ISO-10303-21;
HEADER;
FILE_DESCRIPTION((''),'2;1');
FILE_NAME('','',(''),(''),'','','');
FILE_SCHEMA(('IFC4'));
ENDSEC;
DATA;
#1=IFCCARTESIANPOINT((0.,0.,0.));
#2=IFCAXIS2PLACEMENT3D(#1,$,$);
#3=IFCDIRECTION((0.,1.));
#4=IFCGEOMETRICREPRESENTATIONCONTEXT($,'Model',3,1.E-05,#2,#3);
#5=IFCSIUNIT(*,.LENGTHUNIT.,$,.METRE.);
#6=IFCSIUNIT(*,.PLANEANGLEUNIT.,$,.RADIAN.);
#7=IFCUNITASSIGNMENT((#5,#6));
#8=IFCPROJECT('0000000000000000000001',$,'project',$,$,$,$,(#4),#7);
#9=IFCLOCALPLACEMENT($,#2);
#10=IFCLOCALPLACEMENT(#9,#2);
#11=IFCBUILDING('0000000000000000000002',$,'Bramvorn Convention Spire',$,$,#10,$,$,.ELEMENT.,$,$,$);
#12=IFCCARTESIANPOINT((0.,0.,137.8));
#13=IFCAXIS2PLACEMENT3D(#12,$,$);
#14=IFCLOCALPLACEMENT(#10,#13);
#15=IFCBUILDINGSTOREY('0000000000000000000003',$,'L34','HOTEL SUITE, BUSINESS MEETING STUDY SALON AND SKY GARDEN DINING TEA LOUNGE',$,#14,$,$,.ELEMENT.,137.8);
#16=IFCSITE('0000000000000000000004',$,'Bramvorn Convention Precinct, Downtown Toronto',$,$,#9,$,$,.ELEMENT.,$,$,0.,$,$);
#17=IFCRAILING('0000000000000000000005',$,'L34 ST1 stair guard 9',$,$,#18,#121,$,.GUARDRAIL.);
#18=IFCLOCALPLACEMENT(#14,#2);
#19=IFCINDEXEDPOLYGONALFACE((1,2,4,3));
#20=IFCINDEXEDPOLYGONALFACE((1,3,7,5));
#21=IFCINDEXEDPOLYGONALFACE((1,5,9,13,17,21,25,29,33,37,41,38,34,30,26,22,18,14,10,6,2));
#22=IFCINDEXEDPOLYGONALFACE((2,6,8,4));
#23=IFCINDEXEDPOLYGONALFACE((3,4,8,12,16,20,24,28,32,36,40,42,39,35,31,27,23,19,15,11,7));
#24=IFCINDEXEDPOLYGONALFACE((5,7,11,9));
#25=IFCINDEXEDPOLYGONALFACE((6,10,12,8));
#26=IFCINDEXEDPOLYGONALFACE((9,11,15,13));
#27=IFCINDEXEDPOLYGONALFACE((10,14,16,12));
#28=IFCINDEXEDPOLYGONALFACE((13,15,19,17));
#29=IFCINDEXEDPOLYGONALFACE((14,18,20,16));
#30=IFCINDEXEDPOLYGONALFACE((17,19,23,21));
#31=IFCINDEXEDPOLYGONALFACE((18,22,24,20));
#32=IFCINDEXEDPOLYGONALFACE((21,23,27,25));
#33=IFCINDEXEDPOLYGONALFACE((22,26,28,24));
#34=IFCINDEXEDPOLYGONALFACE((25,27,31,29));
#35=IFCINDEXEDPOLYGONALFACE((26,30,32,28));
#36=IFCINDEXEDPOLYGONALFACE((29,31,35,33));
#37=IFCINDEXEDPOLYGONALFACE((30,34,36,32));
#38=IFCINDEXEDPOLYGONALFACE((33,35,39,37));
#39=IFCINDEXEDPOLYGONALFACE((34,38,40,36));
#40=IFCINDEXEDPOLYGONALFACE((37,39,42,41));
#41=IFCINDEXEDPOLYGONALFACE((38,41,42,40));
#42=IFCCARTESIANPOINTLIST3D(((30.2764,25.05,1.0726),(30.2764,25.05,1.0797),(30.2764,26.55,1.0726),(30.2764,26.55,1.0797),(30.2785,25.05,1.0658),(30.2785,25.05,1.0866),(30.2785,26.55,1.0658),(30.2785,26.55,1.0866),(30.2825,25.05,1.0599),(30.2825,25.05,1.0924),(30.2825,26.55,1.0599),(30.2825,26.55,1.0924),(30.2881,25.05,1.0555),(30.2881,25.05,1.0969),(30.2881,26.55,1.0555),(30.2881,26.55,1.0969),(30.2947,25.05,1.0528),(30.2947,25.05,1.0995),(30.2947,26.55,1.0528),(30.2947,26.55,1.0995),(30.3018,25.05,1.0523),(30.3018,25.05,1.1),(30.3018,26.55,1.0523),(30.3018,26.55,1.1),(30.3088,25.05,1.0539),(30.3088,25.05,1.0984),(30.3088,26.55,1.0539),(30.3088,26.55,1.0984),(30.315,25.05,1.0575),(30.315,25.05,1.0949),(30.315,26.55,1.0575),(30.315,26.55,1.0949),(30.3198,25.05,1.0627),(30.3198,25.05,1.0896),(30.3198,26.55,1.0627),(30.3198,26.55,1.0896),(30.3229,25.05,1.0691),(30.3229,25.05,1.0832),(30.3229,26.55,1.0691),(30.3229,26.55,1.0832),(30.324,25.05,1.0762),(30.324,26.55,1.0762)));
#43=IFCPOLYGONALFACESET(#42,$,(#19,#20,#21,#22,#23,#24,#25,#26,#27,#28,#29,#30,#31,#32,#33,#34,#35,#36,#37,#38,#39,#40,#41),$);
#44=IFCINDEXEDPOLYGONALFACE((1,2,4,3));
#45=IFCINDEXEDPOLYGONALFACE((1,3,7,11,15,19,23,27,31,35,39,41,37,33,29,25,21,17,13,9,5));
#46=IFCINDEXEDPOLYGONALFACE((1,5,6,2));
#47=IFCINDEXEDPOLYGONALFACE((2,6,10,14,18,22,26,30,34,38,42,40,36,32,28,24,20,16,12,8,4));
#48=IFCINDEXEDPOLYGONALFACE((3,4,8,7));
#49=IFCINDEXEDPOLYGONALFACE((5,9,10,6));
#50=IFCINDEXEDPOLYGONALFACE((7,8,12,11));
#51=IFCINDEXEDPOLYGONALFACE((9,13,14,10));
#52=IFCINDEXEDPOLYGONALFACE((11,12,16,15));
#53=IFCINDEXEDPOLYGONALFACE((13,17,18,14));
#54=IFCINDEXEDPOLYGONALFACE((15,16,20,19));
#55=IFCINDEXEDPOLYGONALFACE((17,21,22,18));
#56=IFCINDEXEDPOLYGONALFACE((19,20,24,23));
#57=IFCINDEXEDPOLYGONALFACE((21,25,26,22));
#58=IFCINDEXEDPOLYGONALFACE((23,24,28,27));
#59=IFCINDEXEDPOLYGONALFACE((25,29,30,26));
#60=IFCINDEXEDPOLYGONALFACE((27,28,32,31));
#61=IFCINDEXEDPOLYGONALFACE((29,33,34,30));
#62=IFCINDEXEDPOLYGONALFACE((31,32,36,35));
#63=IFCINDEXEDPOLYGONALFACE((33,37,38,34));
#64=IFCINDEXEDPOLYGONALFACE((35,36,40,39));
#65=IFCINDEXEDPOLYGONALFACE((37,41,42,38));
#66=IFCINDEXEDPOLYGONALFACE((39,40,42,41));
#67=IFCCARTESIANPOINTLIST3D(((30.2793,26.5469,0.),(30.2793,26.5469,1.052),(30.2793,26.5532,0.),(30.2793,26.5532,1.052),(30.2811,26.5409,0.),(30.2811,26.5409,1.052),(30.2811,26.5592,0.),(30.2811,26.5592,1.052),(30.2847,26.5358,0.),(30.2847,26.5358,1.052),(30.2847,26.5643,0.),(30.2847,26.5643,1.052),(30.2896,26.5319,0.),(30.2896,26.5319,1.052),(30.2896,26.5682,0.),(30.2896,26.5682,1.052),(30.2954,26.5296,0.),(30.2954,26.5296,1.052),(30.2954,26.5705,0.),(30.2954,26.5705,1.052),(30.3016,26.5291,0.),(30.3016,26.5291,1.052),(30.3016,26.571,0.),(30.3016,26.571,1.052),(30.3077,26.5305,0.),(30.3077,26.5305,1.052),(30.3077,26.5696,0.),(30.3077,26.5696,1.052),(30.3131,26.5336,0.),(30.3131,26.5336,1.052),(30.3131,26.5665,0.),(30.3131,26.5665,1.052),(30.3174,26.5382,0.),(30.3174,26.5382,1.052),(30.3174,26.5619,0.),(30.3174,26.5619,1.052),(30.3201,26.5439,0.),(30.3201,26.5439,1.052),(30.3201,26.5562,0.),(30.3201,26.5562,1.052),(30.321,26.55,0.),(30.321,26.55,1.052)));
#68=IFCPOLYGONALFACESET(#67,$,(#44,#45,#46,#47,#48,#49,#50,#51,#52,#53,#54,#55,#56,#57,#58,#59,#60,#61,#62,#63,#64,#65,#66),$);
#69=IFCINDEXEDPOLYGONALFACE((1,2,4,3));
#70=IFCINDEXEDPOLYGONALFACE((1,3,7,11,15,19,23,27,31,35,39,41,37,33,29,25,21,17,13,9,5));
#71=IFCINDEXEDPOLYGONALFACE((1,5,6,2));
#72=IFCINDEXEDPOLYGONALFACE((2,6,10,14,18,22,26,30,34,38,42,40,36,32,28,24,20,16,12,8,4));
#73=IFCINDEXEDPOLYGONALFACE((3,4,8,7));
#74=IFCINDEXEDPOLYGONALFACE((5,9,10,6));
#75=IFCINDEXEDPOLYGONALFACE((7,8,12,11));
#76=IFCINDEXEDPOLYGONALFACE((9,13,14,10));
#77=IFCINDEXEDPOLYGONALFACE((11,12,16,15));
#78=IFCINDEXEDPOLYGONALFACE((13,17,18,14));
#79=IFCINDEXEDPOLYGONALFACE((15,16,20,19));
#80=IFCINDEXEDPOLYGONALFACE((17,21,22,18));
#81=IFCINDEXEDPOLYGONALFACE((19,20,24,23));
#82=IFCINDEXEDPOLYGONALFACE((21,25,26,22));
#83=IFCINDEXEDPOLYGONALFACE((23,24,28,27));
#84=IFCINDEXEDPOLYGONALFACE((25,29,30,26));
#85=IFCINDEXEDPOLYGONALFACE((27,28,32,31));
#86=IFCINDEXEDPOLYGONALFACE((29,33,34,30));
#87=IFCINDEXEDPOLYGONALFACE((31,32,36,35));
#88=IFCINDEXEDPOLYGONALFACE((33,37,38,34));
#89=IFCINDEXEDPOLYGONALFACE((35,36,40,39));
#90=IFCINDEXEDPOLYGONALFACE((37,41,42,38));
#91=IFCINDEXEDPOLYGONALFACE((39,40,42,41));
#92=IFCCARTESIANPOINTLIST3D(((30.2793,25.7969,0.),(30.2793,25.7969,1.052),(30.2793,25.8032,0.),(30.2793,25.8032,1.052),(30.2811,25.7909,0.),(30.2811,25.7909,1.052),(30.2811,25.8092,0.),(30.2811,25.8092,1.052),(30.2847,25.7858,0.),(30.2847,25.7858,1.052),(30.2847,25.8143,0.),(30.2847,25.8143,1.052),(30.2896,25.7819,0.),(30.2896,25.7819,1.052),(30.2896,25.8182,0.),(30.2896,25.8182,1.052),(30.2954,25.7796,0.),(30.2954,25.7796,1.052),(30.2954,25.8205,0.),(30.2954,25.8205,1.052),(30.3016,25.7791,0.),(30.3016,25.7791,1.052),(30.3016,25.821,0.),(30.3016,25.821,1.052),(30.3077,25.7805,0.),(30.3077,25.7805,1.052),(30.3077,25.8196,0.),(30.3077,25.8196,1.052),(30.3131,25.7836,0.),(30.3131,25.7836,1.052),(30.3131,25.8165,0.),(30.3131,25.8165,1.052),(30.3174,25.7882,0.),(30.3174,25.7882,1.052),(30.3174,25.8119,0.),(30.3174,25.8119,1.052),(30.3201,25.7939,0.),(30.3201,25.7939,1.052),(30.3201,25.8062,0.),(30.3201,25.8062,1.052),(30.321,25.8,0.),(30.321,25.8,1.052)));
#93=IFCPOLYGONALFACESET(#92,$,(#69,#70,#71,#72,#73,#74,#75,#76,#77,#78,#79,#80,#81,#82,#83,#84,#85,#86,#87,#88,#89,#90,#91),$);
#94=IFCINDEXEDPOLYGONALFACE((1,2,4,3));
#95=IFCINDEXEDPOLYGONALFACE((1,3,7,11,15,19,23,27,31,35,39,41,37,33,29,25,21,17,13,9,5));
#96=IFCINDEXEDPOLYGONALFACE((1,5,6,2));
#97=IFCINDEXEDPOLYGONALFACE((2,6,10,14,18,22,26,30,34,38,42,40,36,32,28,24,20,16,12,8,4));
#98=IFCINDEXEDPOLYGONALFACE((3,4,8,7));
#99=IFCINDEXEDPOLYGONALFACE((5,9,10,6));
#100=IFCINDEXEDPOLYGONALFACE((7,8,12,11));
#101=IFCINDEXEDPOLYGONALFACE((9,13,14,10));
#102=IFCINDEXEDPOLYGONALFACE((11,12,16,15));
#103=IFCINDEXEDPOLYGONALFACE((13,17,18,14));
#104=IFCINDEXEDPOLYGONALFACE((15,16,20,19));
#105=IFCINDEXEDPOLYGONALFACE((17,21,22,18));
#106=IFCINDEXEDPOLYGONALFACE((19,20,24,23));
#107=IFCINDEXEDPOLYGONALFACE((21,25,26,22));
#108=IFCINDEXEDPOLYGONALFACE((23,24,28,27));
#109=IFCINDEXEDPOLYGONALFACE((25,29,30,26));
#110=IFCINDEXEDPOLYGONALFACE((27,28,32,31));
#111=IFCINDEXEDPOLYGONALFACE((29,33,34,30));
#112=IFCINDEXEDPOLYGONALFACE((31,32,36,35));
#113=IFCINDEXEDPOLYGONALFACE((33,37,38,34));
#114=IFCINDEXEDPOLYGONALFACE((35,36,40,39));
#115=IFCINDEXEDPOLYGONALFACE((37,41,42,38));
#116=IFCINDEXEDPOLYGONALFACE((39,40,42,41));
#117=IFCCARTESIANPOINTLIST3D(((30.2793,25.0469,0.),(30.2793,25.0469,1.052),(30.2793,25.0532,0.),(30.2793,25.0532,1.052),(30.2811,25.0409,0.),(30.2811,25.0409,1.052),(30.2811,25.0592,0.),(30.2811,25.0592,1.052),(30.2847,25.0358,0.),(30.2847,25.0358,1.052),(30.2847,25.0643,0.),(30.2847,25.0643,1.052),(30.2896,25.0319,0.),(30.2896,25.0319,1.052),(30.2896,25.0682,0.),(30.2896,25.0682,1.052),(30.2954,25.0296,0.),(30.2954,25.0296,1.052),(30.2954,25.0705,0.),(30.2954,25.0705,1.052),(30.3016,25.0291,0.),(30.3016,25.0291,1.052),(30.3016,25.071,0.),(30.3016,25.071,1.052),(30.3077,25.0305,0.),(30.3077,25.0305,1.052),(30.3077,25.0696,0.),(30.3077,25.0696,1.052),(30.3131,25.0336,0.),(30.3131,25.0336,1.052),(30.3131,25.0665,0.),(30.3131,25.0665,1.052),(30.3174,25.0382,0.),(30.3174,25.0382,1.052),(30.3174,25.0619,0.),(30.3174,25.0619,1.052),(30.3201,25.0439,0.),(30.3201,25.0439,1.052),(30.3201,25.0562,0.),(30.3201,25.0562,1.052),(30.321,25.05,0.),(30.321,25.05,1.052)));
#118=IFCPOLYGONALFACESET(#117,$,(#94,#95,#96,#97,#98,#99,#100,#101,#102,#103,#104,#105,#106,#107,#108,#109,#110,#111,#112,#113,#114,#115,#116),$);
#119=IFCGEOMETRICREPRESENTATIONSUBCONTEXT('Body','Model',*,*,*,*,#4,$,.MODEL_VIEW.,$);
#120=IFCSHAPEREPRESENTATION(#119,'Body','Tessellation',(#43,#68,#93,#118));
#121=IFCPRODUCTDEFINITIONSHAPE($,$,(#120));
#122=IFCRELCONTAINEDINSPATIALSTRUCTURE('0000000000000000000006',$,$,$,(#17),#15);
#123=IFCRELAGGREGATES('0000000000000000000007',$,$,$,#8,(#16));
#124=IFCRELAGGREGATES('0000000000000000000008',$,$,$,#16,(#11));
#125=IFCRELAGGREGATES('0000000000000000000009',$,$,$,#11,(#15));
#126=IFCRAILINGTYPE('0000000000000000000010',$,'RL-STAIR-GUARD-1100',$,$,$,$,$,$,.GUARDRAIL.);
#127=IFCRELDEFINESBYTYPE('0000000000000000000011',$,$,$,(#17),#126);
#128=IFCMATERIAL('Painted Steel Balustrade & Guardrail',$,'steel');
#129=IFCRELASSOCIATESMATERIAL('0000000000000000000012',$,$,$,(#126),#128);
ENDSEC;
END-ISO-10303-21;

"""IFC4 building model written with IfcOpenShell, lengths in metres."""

from ifc_helpers import new_model, si_unit, direction, frame, origin, origin_2d, place, context, subcontext, project, spatial, circle, extrude, material, type_object, element, save


model = new_model("IFC4")

# Units and contexts
model_context = context("Model", 3, precision=1e-05, world=origin(), true_north=direction((0.0, 1.0)))
body_context = subcontext(model_context, "Body", "Model", "MODEL_VIEW")
ifc_project = project(units=[si_unit("LENGTHUNIT", "METRE"), si_unit("PLANEANGLEUNIT", "RADIAN")], contexts=[model_context])

# Site, building, storey
site_placement = place(None, origin())
site = spatial("IfcSite", under=ifc_project, at=site_placement, Name="Bramvorn Convention Precinct, Downtown Toronto", CompositionType="ELEMENT", RefElevation=0.0)
building_placement = place(site_placement, origin())
building = spatial("IfcBuilding", under=site, at=building_placement, Name="Bramvorn Convention Spire", CompositionType="ELEMENT")
storey_placement = place(building_placement, frame((0.0, 0.0, 137.8)))
storey = spatial("IfcBuildingStorey", under=building, at=storey_placement, Name="L34", Description="HOTEL SUITE, BUSINESS MEETING STUDY SALON AND SKY GARDEN DINING TEA LOUNGE", CompositionType="ELEMENT", Elevation=137.8)

# Railing
ifc_material_1 = material(Name="Painted Steel Balustrade & Guardrail", Category="steel")
railing_type_1 = type_object("IfcRailingType", Name="RL-STAIR-GUARD-1100", PredefinedType="GUARDRAIL", material=ifc_material_1)
for number, where, name in (
    (1, (30.3, 26.55, 0.0), "L34 ST1 stair guard 9"),
):
    element("IfcRailing", number, at=place(storey_placement, frame(where)), inside=storey, type_object=railing_type_1, Name=name, PredefinedType="GUARDRAIL", context=body_context, shape_type="SweptSolid", body=[
        extrude(circle(Radius=0.0239, at=origin_2d()), frame((0.0, 0.0, 1.0762), z_axis=(0.0, -1.0, 0.0), x_axis=(1.0, 0.0, 0.0)), (0.0, 0.0, 1.0), 1.5),
        extrude(circle(Radius=0.021, at=origin_2d()), origin(), (0.0, 0.0, 1.0), 1.052),
        extrude(circle(Radius=0.021, at=origin_2d()), frame((0.0, -0.75, 0.0)), (0.0, 0.0, 1.0), 1.052),
        extrude(circle(Radius=0.021, at=origin_2d()), frame((0.0, -1.5, 0.0)), (0.0, 0.0, 1.0), 1.052),
    ])

save(model, "model.ifc")
